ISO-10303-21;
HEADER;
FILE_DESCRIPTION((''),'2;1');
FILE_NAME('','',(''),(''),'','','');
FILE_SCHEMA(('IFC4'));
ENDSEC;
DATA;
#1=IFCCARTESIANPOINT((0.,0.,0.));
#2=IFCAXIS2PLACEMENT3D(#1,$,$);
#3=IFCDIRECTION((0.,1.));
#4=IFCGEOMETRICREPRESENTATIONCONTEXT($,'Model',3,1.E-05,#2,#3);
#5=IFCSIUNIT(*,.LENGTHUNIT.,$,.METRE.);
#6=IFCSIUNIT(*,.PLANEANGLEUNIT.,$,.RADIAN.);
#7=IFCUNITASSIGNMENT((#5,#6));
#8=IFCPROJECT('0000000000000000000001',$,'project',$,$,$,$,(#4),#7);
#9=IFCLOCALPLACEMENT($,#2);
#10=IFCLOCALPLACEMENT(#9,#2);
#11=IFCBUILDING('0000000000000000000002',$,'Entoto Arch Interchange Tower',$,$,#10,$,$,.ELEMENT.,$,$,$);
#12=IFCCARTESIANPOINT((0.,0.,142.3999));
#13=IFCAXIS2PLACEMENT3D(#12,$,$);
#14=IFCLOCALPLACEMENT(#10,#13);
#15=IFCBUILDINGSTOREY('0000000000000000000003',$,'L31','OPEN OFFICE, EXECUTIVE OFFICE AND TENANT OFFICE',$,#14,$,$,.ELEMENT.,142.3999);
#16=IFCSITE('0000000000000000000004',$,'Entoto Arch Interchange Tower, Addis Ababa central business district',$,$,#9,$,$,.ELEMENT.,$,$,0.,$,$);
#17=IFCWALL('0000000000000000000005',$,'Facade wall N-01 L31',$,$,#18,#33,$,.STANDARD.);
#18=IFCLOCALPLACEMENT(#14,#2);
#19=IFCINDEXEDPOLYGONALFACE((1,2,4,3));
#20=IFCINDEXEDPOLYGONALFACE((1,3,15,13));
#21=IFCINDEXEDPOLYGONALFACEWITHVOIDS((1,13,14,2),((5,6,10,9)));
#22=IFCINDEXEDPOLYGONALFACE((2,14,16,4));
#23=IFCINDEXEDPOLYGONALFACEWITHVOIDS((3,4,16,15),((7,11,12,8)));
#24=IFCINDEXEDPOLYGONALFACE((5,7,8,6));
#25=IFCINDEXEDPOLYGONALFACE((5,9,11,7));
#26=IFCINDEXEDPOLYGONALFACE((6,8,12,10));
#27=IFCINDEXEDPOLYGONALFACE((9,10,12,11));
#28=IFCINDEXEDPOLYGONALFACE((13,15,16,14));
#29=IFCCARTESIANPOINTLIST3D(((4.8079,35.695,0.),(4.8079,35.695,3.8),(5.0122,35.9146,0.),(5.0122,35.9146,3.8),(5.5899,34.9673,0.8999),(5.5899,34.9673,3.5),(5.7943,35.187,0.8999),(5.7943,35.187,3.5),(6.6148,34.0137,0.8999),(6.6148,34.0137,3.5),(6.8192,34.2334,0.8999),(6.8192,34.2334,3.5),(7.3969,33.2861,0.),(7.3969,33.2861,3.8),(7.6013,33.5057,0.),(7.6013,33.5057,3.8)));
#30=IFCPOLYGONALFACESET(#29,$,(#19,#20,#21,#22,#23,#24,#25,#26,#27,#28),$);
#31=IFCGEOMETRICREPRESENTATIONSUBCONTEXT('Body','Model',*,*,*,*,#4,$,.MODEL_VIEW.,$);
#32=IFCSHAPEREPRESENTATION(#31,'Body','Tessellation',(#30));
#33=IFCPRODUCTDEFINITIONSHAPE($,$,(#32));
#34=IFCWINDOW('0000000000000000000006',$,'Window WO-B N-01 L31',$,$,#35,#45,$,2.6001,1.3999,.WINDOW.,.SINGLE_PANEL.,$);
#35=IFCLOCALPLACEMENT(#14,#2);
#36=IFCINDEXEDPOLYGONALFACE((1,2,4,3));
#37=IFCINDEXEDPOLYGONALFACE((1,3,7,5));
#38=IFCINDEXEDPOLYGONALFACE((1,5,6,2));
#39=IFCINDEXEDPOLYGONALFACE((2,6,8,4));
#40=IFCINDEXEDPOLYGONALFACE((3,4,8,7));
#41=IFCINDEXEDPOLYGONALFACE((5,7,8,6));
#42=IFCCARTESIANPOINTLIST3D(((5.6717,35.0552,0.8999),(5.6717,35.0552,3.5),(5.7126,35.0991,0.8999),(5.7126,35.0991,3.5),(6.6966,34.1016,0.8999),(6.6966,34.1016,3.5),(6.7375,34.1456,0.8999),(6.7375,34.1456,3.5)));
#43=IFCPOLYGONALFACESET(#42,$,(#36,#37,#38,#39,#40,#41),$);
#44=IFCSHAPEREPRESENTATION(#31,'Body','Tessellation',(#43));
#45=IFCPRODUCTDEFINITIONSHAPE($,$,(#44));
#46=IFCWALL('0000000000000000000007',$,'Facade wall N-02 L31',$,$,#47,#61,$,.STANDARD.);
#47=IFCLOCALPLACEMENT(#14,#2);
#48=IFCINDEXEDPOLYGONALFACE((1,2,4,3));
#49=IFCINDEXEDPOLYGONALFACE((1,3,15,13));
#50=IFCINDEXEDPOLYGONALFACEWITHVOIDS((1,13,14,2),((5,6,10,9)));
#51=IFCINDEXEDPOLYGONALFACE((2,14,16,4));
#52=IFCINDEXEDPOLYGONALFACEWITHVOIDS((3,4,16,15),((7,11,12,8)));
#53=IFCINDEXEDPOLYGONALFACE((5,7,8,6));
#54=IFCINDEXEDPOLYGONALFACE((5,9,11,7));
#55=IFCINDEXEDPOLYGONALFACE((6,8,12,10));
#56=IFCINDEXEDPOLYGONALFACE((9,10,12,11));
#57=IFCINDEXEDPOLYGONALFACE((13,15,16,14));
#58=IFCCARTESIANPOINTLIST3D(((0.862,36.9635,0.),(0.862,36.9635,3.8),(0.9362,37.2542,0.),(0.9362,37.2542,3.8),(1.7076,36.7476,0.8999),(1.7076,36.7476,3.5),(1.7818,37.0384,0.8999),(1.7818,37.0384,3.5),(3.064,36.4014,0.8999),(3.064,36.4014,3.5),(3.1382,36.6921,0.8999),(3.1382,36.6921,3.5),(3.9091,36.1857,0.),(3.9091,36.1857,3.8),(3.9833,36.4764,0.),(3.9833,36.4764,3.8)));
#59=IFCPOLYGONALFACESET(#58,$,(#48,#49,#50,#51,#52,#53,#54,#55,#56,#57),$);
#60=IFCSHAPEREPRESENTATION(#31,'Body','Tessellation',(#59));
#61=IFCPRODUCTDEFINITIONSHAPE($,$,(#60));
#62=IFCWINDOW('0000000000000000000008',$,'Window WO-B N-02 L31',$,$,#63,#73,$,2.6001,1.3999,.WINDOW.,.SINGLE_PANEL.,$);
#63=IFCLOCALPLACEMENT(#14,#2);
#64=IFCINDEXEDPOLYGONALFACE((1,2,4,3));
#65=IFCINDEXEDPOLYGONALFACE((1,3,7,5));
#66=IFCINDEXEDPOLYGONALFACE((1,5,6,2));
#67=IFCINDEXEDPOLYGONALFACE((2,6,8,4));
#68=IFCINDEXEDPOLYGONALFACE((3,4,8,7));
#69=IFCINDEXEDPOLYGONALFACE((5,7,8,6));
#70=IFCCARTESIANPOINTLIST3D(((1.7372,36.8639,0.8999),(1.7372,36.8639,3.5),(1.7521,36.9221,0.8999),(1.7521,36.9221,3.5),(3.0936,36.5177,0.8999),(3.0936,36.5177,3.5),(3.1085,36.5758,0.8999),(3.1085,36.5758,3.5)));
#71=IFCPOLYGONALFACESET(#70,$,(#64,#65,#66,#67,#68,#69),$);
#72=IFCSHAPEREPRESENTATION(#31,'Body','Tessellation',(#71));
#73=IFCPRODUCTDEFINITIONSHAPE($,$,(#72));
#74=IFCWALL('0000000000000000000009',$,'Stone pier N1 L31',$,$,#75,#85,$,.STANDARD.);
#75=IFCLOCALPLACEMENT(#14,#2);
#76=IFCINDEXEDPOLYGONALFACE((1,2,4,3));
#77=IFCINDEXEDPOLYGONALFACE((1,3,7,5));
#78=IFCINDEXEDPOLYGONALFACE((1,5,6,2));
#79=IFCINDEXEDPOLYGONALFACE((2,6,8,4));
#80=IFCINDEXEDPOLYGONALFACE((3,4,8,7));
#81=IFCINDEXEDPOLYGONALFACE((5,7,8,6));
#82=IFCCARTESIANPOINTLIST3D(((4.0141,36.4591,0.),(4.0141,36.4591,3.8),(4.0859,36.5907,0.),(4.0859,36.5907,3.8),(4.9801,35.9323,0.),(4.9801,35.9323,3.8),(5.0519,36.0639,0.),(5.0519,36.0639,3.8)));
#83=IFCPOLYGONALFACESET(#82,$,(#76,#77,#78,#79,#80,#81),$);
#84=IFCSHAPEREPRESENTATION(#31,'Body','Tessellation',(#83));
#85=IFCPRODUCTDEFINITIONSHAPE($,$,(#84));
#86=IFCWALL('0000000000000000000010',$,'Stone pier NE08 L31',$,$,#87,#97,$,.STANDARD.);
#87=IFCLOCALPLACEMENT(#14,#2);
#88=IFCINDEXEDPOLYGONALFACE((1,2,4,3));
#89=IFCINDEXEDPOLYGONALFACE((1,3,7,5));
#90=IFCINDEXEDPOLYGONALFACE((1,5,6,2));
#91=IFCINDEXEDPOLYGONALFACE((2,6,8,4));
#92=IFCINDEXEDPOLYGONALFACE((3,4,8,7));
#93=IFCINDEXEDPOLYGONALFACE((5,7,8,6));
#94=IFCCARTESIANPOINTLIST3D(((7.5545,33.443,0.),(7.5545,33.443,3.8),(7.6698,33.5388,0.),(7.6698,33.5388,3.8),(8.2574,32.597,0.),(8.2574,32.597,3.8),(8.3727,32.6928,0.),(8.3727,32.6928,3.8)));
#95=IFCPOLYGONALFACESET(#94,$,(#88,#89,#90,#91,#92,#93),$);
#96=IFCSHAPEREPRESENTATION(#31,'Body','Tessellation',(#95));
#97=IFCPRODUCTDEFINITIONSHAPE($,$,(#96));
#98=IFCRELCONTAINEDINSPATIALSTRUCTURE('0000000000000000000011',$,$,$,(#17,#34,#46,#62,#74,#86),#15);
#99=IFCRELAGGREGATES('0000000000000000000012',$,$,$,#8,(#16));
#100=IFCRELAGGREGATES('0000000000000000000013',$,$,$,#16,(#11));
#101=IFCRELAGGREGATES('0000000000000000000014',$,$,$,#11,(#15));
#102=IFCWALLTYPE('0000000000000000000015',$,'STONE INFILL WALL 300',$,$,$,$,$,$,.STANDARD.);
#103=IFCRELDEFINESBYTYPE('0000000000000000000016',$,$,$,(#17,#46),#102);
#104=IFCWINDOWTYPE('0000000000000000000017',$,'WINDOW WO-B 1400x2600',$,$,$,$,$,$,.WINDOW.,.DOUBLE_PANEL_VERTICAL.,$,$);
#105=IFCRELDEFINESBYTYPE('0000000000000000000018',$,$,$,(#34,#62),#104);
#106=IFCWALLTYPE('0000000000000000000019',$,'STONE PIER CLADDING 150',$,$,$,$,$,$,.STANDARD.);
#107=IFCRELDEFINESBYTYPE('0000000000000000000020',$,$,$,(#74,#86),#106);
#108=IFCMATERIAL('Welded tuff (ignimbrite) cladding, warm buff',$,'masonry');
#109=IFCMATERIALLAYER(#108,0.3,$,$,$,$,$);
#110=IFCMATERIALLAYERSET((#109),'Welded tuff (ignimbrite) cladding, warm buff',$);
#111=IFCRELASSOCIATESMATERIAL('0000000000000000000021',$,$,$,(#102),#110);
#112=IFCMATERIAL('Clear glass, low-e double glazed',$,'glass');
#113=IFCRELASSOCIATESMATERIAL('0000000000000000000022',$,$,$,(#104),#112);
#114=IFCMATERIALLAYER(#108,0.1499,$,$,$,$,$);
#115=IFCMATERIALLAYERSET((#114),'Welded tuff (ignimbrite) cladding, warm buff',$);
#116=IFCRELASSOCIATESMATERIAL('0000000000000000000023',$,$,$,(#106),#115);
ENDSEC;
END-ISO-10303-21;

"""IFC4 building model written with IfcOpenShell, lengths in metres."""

from ifc_helpers import new_model, si_unit, direction, frame, frame_2d, origin, place, context, subcontext, project, spatial, rectangle, extrude, material, layer, layer_set, type_object, element, fill, save


model = new_model("IFC4")

# Units and contexts
model_context = context("Model", 3, precision=1e-05, world=origin(), true_north=direction((0.0, 1.0)))
body_context = subcontext(model_context, "Body", "Model", "MODEL_VIEW")
ifc_project = project(units=[si_unit("LENGTHUNIT", "METRE"), si_unit("PLANEANGLEUNIT", "RADIAN")], contexts=[model_context])

# Site, building, storey
site_placement = place(None, origin())
site = spatial("IfcSite", under=ifc_project, at=site_placement, Name="Entoto Arch Interchange Tower, Addis Ababa central business district", CompositionType="ELEMENT", RefElevation=0.0)
building_placement = place(site_placement, origin())
building = spatial("IfcBuilding", under=site, at=building_placement, Name="Entoto Arch Interchange Tower", CompositionType="ELEMENT")
storey_placement = place(building_placement, frame((0.0, 0.0, 142.3999)))
storey = spatial("IfcBuildingStorey", under=building, at=storey_placement, Name="L31", Description="OPEN OFFICE, EXECUTIVE OFFICE AND TENANT OFFICE", CompositionType="ELEMENT", Elevation=142.3999)

# Shared definitions
ifc_material_1 = material(Name="Welded tuff (ignimbrite) cladding, warm buff", Category="masonry")
ifc_layer_1 = layer(ifc_material_1, 0.3)
ifc_layer_set_1 = layer_set([ifc_layer_1], Name="Welded tuff (ignimbrite) cladding, warm buff")
wall_type_1 = type_object("IfcWallType", Name="STONE INFILL WALL 300", PredefinedType="STANDARD", material=ifc_layer_set_1)
ifc_material_2 = material(Name="Clear glass, low-e double glazed", Category="glass")

# Walls, openings, windows
wall_1_placement = place(storey_placement, frame((7.499, 33.396, 0.0), z_axis=(0.0, 0.0, 1.0), x_axis=(-0.732122, 0.681174, 0.0)))
wall_1 = element("IfcWall", 1, at=wall_1_placement, inside=storey, type_object=wall_type_1, Name="Facade wall N-01 L31", PredefinedType="STANDARD", context=body_context, shape_type="SweptSolid", body=[
    extrude(rectangle(XDim=3.5364, YDim=0.3, at=frame_2d((1.7681, 0.0))), origin(), (0.0, 0.0, 1.0), 3.8),
])
opening_1_placement = place(wall_1_placement, frame((1.0681, 0.0, 0.8999)))
opening_1 = element("IfcOpeningElement", 2, at=opening_1_placement, cuts=wall_1, PredefinedType="OPENING", context=body_context, shape_type="SweptSolid", body=[
    extrude(rectangle(XDim=1.3999, YDim=2.6001, at=frame_2d((0.7, 1.3))), frame((0.0, 0.1602, 0.0), z_axis=(0.0, -1.0, 0.0), x_axis=(1.0, 0.0, 0.0)), (0.0, 0.0, 1.0), 0.3201),
])
window_type_1 = type_object("IfcWindowType", Name="WINDOW WO-B 1400x2600", PartitioningType="DOUBLE_PANEL_VERTICAL", PredefinedType="WINDOW", material=ifc_material_2)
window_1_placement = place(opening_1_placement, origin())
window_1 = element("IfcWindow", 3, at=window_1_placement, inside=storey, type_object=window_type_1, Name="Window WO-B N-01 L31", OverallHeight=2.6001, OverallWidth=1.3999, PartitioningType="SINGLE_PANEL", PredefinedType="WINDOW", context=body_context, shape_type="SweptSolid", body=[
    extrude(rectangle(XDim=1.3999, YDim=2.6001, at=frame_2d((0.7, 1.3))), frame((0.0, 0.03, 0.0), z_axis=(0.0, -1.0, 0.0), x_axis=(1.0, 0.0, 0.0)), (0.0, 0.0, 1.0), 0.0601),
])
fill(opening_1, window_1)
wall_2_placement = place(storey_placement, frame((3.946, 36.3311, 0.0), z_axis=(0.0, 0.0, 1.0), x_axis=(-0.96893, 0.247337, 0.0)))
wall_2 = element("IfcWall", 4, at=wall_2_placement, inside=storey, type_object=wall_type_1, Name="Facade wall N-02 L31", PredefinedType="STANDARD", context=body_context, shape_type="SweptSolid", body=[
    extrude(rectangle(XDim=3.1448, YDim=0.3, at=frame_2d((1.5723, 0.0))), origin(), (0.0, 0.0, 1.0), 3.8),
])
opening_2_placement = place(wall_2_placement, frame((0.8721, 0.0, 0.8999)))
opening_2 = element("IfcOpeningElement", 5, at=opening_2_placement, cuts=wall_2, PredefinedType="OPENING", context=body_context, shape_type="SweptSolid", body=[
    extrude(rectangle(XDim=1.3999, YDim=2.6001, at=frame_2d((0.7, 1.3))), frame((0.0, 0.1602, 0.0), z_axis=(0.0, -1.0, 0.0), x_axis=(1.0, 0.0, 0.0)), (0.0, 0.0, 1.0), 0.3201),
])
window_2_placement = place(opening_2_placement, origin())
window_2 = element("IfcWindow", 6, at=window_2_placement, inside=storey, type_object=window_type_1, Name="Window WO-B N-02 L31", OverallHeight=2.6001, OverallWidth=1.3999, PartitioningType="SINGLE_PANEL", PredefinedType="WINDOW", context=body_context, shape_type="SweptSolid", body=[
    extrude(rectangle(XDim=1.3999, YDim=2.6001, at=frame_2d((0.7, 1.3))), frame((0.0, 0.03, 0.0), z_axis=(0.0, -1.0, 0.0), x_axis=(1.0, 0.0, 0.0)), (0.0, 0.0, 1.0), 0.0601),
])
fill(opening_2, window_2)

# Walls
ifc_layer_2 = layer(ifc_material_1, 0.1499)
ifc_layer_set_2 = layer_set([ifc_layer_2], Name="Welded tuff (ignimbrite) cladding, warm buff")
wall_type_2 = type_object("IfcWallType", Name="STONE PIER CLADDING 150", PredefinedType="STANDARD", material=ifc_layer_set_2)
wall_3_placement = place(storey_placement, frame((5.0161, 35.998, 0.0), z_axis=(0.0, 0.0, 1.0), x_axis=(-0.877929, 0.47879, 0.0)))
element("IfcWall", 7, at=wall_3_placement, inside=storey, type_object=wall_type_2, Name="Stone pier N1 L31", PredefinedType="STANDARD", context=body_context, shape_type="SweptSolid", body=[
    extrude(rectangle(XDim=1.1003, YDim=0.1499, at=frame_2d((0.5503, 0.0))), origin(), (0.0, 0.0, 1.0), 3.8),
])
wall_4_placement = place(storey_placement, frame((8.3149, 32.645, 0.0), z_axis=(0.0, 0.0, 1.0), x_axis=(-0.63907, 0.769148, 0.0)))
element("IfcWall", 8, at=wall_4_placement, inside=storey, type_object=wall_type_2, Name="Stone pier NE08 L31", PredefinedType="STANDARD", context=body_context, shape_type="SweptSolid", body=[
    extrude(rectangle(XDim=1.0999, YDim=0.1499, at=frame_2d((0.5498, 0.0))), origin(), (0.0, 0.0, 1.0), 3.8),
])

save(model, "model.ifc")
